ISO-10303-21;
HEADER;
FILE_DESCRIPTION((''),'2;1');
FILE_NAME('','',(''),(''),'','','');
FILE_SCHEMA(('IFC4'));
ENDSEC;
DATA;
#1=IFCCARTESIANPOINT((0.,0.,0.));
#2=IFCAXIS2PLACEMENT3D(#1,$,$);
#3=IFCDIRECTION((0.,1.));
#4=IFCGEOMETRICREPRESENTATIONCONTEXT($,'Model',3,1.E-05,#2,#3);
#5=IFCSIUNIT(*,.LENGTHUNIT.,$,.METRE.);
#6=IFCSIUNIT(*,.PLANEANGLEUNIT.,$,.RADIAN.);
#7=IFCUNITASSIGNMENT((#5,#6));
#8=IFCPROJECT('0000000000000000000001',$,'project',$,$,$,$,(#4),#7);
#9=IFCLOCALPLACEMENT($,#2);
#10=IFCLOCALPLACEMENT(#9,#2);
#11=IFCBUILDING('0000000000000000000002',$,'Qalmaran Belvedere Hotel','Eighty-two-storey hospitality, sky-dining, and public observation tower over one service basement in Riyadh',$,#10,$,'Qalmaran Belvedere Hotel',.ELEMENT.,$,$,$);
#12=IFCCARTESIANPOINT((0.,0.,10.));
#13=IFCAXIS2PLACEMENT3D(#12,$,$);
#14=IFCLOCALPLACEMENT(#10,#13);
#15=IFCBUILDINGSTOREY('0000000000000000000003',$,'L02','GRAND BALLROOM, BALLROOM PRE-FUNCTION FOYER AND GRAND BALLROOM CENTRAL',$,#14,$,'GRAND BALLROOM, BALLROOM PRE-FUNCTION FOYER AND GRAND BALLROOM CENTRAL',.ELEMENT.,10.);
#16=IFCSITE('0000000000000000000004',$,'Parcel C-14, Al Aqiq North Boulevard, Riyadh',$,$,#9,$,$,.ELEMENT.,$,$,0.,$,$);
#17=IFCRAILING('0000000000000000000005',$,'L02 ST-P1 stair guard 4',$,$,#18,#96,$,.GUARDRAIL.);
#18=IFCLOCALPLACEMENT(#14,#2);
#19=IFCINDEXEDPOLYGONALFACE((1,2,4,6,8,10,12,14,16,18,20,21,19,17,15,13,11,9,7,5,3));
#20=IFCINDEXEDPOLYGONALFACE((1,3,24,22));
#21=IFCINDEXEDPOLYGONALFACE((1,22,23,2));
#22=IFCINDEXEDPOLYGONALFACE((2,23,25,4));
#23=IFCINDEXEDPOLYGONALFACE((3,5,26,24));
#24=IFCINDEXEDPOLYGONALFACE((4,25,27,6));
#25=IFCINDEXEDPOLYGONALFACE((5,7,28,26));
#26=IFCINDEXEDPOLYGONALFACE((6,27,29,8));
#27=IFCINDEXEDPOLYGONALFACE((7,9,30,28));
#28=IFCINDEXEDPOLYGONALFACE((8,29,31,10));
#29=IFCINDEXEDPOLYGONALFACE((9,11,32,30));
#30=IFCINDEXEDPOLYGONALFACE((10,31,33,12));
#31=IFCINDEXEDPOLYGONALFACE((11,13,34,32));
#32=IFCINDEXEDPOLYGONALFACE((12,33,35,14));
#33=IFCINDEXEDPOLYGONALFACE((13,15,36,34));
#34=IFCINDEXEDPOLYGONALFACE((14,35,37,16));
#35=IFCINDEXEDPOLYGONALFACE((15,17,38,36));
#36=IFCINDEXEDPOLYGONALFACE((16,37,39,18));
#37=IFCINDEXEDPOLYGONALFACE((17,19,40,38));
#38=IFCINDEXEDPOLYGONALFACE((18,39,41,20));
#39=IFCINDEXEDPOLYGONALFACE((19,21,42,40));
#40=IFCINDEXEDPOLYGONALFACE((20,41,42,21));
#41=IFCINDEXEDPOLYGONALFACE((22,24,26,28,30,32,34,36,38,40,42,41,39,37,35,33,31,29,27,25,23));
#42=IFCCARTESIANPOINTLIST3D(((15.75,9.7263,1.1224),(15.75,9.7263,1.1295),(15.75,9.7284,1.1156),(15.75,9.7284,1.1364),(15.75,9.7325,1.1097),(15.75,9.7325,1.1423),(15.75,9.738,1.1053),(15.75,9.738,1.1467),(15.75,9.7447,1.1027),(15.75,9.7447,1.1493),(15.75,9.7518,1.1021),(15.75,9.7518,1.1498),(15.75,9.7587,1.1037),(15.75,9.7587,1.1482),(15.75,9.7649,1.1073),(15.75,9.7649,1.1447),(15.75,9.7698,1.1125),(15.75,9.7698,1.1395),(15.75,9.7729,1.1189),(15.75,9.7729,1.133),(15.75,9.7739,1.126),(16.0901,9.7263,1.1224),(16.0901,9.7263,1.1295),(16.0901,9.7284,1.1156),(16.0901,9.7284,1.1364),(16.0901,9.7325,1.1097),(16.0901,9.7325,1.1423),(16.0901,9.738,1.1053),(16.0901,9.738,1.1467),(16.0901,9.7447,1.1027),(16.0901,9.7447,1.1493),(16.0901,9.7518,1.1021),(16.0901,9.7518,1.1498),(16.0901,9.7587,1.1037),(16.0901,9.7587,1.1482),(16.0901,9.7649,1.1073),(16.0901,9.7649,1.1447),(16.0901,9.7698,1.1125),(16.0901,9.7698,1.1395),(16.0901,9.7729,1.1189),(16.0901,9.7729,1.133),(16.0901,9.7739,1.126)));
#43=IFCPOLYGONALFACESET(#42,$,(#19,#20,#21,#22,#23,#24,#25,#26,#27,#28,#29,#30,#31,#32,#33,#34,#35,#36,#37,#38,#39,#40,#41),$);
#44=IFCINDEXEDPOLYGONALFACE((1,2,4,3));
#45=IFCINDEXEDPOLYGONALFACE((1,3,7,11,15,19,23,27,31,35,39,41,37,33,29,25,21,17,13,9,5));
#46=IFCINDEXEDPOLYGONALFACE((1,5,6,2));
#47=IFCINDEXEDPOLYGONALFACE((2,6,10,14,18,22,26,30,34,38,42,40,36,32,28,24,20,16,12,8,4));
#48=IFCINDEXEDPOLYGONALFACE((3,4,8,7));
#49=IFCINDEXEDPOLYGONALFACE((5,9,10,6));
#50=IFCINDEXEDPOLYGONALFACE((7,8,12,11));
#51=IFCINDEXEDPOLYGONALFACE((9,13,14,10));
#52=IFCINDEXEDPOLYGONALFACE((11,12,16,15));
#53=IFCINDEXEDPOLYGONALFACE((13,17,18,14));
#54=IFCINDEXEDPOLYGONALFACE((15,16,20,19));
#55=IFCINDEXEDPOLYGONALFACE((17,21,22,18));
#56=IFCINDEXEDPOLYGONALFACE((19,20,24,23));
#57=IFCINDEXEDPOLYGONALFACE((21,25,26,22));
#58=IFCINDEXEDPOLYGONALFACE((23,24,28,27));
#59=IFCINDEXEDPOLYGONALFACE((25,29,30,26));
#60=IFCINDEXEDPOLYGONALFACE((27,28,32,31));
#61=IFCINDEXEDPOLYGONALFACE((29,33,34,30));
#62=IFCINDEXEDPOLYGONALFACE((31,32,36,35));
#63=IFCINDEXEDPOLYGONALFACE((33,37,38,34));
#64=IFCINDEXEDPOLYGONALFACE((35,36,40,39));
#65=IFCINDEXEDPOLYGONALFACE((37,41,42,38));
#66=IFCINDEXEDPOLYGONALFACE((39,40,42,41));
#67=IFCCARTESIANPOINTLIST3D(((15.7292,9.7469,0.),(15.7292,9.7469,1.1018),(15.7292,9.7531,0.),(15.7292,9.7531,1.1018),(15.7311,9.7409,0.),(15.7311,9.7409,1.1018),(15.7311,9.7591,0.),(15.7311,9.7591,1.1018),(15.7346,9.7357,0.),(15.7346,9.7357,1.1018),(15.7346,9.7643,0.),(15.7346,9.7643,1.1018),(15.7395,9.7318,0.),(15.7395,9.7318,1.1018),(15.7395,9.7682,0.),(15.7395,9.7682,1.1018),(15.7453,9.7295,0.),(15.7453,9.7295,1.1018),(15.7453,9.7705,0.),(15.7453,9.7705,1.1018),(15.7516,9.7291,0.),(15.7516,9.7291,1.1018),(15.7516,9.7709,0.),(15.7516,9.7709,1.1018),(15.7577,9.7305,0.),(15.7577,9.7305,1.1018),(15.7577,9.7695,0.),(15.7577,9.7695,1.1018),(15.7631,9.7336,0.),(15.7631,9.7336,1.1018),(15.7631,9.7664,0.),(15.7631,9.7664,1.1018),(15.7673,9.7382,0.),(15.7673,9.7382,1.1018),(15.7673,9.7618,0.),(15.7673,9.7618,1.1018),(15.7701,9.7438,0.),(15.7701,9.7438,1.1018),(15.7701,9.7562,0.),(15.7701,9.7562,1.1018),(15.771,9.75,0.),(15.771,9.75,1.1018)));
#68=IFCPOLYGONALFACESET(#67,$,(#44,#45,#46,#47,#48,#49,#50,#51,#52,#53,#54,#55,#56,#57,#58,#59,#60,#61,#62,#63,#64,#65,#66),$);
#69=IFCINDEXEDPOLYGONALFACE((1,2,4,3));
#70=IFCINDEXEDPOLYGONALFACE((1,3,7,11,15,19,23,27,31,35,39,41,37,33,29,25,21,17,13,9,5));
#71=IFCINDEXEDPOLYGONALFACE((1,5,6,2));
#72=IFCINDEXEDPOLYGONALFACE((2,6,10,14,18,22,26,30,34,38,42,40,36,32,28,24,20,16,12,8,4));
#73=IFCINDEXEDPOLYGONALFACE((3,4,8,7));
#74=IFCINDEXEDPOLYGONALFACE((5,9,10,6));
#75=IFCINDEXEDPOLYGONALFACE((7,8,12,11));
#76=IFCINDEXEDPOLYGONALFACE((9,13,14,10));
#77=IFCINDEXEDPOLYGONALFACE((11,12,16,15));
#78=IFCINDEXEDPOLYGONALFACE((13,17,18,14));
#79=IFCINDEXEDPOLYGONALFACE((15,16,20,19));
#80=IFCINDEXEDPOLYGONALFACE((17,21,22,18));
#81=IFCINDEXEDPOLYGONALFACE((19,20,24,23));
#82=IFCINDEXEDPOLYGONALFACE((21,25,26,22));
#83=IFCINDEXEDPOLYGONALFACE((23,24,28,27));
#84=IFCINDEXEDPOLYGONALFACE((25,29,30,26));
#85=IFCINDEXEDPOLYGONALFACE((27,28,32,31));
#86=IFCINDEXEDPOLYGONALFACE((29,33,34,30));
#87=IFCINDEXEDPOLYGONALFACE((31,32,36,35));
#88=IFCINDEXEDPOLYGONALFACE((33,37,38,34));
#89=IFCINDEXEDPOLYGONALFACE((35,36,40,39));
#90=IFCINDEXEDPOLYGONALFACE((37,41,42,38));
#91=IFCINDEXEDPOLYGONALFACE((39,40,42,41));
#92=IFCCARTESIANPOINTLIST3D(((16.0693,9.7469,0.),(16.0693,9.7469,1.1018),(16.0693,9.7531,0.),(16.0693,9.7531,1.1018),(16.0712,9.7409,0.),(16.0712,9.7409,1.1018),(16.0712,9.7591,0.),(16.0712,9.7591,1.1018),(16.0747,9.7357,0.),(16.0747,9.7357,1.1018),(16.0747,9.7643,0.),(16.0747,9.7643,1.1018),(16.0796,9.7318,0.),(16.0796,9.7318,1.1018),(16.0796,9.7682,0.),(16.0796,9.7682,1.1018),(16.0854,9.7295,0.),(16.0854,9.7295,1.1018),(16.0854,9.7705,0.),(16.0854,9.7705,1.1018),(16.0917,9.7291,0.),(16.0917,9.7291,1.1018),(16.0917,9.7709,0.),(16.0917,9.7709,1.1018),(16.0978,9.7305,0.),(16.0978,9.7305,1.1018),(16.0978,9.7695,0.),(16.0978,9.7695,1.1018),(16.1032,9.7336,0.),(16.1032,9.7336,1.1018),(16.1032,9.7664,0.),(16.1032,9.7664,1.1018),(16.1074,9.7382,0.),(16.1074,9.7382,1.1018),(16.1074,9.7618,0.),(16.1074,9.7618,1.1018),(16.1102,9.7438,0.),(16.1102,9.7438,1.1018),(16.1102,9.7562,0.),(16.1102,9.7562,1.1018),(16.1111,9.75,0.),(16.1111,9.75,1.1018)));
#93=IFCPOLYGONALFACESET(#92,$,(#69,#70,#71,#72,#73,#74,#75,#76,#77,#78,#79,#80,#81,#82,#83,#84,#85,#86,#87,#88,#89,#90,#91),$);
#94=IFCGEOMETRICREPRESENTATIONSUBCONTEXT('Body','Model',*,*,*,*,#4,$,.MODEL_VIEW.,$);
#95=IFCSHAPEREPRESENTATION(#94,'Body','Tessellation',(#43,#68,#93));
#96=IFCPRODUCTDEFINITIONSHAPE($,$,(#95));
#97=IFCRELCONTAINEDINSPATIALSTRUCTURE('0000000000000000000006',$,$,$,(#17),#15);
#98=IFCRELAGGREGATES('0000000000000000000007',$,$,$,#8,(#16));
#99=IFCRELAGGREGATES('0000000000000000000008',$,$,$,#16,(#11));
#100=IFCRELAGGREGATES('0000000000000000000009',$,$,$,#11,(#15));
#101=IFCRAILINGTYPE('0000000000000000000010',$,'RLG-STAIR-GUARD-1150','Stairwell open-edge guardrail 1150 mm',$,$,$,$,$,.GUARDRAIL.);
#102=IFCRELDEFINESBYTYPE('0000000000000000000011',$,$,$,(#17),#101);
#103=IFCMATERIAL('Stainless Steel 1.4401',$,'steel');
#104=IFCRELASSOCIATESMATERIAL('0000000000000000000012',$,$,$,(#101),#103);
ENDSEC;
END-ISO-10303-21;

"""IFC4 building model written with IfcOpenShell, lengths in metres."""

from ifc_helpers import new_model, si_unit, direction, frame, origin, origin_2d, place, context, subcontext, project, spatial, circle, extrude, material, type_object, element, save


model = new_model("IFC4")

# Units and contexts
model_context = context("Model", 3, precision=1e-05, world=origin(), true_north=direction((0.0, 1.0)))
body_context = subcontext(model_context, "Body", "Model", "MODEL_VIEW")
ifc_project = project(units=[si_unit("LENGTHUNIT", "METRE"), si_unit("PLANEANGLEUNIT", "RADIAN")], contexts=[model_context])

# Site, building, storey
site_placement = place(None, origin())
site = spatial("IfcSite", under=ifc_project, at=site_placement, Name="Parcel C-14, Al Aqiq North Boulevard, Riyadh", CompositionType="ELEMENT", RefElevation=0.0)
building_placement = place(site_placement, origin())
building = spatial("IfcBuilding", under=site, at=building_placement, Name="Qalmaran Belvedere Hotel", Description="Eighty-two-storey hospitality, sky-dining, and public observation tower over one service basement in Riyadh", LongName="Qalmaran Belvedere Hotel", CompositionType="ELEMENT")
storey_placement = place(building_placement, frame((0.0, 0.0, 10.0)))
storey = spatial("IfcBuildingStorey", under=building, at=storey_placement, Name="L02", Description="GRAND BALLROOM, BALLROOM PRE-FUNCTION FOYER AND GRAND BALLROOM CENTRAL", LongName="GRAND BALLROOM, BALLROOM PRE-FUNCTION FOYER AND GRAND BALLROOM CENTRAL", CompositionType="ELEMENT", Elevation=10.0)

# Railing
ifc_material_1 = material(Name="Stainless Steel 1.4401", Category="steel")
railing_type_1 = type_object("IfcRailingType", Name="RLG-STAIR-GUARD-1150", Description="Stairwell open-edge guardrail 1150 mm", PredefinedType="GUARDRAIL", material=ifc_material_1)
railing_1_placement = place(storey_placement, frame((15.75, 9.75, 0.0)))
element("IfcRailing", 1, at=railing_1_placement, inside=storey, type_object=railing_type_1, Name="L02 ST-P1 stair guard 4", PredefinedType="GUARDRAIL", context=body_context, shape_type="SweptSolid", body=[
    extrude(circle(Radius=0.0239, at=origin_2d()), frame((0.0, 0.0, 1.126), z_axis=(1.0, 0.0, 0.0), x_axis=(0.0, 1.0, 0.0)), (0.0, 0.0, 1.0), 0.3401),
    extrude(circle(Radius=0.021, at=origin_2d()), origin(), (0.0, 0.0, 1.0), 1.1018),
    extrude(circle(Radius=0.021, at=origin_2d()), frame((0.3401, 0.0, 0.0)), (0.0, 0.0, 1.0), 1.1018),
])

save(model, "model.ifc")
